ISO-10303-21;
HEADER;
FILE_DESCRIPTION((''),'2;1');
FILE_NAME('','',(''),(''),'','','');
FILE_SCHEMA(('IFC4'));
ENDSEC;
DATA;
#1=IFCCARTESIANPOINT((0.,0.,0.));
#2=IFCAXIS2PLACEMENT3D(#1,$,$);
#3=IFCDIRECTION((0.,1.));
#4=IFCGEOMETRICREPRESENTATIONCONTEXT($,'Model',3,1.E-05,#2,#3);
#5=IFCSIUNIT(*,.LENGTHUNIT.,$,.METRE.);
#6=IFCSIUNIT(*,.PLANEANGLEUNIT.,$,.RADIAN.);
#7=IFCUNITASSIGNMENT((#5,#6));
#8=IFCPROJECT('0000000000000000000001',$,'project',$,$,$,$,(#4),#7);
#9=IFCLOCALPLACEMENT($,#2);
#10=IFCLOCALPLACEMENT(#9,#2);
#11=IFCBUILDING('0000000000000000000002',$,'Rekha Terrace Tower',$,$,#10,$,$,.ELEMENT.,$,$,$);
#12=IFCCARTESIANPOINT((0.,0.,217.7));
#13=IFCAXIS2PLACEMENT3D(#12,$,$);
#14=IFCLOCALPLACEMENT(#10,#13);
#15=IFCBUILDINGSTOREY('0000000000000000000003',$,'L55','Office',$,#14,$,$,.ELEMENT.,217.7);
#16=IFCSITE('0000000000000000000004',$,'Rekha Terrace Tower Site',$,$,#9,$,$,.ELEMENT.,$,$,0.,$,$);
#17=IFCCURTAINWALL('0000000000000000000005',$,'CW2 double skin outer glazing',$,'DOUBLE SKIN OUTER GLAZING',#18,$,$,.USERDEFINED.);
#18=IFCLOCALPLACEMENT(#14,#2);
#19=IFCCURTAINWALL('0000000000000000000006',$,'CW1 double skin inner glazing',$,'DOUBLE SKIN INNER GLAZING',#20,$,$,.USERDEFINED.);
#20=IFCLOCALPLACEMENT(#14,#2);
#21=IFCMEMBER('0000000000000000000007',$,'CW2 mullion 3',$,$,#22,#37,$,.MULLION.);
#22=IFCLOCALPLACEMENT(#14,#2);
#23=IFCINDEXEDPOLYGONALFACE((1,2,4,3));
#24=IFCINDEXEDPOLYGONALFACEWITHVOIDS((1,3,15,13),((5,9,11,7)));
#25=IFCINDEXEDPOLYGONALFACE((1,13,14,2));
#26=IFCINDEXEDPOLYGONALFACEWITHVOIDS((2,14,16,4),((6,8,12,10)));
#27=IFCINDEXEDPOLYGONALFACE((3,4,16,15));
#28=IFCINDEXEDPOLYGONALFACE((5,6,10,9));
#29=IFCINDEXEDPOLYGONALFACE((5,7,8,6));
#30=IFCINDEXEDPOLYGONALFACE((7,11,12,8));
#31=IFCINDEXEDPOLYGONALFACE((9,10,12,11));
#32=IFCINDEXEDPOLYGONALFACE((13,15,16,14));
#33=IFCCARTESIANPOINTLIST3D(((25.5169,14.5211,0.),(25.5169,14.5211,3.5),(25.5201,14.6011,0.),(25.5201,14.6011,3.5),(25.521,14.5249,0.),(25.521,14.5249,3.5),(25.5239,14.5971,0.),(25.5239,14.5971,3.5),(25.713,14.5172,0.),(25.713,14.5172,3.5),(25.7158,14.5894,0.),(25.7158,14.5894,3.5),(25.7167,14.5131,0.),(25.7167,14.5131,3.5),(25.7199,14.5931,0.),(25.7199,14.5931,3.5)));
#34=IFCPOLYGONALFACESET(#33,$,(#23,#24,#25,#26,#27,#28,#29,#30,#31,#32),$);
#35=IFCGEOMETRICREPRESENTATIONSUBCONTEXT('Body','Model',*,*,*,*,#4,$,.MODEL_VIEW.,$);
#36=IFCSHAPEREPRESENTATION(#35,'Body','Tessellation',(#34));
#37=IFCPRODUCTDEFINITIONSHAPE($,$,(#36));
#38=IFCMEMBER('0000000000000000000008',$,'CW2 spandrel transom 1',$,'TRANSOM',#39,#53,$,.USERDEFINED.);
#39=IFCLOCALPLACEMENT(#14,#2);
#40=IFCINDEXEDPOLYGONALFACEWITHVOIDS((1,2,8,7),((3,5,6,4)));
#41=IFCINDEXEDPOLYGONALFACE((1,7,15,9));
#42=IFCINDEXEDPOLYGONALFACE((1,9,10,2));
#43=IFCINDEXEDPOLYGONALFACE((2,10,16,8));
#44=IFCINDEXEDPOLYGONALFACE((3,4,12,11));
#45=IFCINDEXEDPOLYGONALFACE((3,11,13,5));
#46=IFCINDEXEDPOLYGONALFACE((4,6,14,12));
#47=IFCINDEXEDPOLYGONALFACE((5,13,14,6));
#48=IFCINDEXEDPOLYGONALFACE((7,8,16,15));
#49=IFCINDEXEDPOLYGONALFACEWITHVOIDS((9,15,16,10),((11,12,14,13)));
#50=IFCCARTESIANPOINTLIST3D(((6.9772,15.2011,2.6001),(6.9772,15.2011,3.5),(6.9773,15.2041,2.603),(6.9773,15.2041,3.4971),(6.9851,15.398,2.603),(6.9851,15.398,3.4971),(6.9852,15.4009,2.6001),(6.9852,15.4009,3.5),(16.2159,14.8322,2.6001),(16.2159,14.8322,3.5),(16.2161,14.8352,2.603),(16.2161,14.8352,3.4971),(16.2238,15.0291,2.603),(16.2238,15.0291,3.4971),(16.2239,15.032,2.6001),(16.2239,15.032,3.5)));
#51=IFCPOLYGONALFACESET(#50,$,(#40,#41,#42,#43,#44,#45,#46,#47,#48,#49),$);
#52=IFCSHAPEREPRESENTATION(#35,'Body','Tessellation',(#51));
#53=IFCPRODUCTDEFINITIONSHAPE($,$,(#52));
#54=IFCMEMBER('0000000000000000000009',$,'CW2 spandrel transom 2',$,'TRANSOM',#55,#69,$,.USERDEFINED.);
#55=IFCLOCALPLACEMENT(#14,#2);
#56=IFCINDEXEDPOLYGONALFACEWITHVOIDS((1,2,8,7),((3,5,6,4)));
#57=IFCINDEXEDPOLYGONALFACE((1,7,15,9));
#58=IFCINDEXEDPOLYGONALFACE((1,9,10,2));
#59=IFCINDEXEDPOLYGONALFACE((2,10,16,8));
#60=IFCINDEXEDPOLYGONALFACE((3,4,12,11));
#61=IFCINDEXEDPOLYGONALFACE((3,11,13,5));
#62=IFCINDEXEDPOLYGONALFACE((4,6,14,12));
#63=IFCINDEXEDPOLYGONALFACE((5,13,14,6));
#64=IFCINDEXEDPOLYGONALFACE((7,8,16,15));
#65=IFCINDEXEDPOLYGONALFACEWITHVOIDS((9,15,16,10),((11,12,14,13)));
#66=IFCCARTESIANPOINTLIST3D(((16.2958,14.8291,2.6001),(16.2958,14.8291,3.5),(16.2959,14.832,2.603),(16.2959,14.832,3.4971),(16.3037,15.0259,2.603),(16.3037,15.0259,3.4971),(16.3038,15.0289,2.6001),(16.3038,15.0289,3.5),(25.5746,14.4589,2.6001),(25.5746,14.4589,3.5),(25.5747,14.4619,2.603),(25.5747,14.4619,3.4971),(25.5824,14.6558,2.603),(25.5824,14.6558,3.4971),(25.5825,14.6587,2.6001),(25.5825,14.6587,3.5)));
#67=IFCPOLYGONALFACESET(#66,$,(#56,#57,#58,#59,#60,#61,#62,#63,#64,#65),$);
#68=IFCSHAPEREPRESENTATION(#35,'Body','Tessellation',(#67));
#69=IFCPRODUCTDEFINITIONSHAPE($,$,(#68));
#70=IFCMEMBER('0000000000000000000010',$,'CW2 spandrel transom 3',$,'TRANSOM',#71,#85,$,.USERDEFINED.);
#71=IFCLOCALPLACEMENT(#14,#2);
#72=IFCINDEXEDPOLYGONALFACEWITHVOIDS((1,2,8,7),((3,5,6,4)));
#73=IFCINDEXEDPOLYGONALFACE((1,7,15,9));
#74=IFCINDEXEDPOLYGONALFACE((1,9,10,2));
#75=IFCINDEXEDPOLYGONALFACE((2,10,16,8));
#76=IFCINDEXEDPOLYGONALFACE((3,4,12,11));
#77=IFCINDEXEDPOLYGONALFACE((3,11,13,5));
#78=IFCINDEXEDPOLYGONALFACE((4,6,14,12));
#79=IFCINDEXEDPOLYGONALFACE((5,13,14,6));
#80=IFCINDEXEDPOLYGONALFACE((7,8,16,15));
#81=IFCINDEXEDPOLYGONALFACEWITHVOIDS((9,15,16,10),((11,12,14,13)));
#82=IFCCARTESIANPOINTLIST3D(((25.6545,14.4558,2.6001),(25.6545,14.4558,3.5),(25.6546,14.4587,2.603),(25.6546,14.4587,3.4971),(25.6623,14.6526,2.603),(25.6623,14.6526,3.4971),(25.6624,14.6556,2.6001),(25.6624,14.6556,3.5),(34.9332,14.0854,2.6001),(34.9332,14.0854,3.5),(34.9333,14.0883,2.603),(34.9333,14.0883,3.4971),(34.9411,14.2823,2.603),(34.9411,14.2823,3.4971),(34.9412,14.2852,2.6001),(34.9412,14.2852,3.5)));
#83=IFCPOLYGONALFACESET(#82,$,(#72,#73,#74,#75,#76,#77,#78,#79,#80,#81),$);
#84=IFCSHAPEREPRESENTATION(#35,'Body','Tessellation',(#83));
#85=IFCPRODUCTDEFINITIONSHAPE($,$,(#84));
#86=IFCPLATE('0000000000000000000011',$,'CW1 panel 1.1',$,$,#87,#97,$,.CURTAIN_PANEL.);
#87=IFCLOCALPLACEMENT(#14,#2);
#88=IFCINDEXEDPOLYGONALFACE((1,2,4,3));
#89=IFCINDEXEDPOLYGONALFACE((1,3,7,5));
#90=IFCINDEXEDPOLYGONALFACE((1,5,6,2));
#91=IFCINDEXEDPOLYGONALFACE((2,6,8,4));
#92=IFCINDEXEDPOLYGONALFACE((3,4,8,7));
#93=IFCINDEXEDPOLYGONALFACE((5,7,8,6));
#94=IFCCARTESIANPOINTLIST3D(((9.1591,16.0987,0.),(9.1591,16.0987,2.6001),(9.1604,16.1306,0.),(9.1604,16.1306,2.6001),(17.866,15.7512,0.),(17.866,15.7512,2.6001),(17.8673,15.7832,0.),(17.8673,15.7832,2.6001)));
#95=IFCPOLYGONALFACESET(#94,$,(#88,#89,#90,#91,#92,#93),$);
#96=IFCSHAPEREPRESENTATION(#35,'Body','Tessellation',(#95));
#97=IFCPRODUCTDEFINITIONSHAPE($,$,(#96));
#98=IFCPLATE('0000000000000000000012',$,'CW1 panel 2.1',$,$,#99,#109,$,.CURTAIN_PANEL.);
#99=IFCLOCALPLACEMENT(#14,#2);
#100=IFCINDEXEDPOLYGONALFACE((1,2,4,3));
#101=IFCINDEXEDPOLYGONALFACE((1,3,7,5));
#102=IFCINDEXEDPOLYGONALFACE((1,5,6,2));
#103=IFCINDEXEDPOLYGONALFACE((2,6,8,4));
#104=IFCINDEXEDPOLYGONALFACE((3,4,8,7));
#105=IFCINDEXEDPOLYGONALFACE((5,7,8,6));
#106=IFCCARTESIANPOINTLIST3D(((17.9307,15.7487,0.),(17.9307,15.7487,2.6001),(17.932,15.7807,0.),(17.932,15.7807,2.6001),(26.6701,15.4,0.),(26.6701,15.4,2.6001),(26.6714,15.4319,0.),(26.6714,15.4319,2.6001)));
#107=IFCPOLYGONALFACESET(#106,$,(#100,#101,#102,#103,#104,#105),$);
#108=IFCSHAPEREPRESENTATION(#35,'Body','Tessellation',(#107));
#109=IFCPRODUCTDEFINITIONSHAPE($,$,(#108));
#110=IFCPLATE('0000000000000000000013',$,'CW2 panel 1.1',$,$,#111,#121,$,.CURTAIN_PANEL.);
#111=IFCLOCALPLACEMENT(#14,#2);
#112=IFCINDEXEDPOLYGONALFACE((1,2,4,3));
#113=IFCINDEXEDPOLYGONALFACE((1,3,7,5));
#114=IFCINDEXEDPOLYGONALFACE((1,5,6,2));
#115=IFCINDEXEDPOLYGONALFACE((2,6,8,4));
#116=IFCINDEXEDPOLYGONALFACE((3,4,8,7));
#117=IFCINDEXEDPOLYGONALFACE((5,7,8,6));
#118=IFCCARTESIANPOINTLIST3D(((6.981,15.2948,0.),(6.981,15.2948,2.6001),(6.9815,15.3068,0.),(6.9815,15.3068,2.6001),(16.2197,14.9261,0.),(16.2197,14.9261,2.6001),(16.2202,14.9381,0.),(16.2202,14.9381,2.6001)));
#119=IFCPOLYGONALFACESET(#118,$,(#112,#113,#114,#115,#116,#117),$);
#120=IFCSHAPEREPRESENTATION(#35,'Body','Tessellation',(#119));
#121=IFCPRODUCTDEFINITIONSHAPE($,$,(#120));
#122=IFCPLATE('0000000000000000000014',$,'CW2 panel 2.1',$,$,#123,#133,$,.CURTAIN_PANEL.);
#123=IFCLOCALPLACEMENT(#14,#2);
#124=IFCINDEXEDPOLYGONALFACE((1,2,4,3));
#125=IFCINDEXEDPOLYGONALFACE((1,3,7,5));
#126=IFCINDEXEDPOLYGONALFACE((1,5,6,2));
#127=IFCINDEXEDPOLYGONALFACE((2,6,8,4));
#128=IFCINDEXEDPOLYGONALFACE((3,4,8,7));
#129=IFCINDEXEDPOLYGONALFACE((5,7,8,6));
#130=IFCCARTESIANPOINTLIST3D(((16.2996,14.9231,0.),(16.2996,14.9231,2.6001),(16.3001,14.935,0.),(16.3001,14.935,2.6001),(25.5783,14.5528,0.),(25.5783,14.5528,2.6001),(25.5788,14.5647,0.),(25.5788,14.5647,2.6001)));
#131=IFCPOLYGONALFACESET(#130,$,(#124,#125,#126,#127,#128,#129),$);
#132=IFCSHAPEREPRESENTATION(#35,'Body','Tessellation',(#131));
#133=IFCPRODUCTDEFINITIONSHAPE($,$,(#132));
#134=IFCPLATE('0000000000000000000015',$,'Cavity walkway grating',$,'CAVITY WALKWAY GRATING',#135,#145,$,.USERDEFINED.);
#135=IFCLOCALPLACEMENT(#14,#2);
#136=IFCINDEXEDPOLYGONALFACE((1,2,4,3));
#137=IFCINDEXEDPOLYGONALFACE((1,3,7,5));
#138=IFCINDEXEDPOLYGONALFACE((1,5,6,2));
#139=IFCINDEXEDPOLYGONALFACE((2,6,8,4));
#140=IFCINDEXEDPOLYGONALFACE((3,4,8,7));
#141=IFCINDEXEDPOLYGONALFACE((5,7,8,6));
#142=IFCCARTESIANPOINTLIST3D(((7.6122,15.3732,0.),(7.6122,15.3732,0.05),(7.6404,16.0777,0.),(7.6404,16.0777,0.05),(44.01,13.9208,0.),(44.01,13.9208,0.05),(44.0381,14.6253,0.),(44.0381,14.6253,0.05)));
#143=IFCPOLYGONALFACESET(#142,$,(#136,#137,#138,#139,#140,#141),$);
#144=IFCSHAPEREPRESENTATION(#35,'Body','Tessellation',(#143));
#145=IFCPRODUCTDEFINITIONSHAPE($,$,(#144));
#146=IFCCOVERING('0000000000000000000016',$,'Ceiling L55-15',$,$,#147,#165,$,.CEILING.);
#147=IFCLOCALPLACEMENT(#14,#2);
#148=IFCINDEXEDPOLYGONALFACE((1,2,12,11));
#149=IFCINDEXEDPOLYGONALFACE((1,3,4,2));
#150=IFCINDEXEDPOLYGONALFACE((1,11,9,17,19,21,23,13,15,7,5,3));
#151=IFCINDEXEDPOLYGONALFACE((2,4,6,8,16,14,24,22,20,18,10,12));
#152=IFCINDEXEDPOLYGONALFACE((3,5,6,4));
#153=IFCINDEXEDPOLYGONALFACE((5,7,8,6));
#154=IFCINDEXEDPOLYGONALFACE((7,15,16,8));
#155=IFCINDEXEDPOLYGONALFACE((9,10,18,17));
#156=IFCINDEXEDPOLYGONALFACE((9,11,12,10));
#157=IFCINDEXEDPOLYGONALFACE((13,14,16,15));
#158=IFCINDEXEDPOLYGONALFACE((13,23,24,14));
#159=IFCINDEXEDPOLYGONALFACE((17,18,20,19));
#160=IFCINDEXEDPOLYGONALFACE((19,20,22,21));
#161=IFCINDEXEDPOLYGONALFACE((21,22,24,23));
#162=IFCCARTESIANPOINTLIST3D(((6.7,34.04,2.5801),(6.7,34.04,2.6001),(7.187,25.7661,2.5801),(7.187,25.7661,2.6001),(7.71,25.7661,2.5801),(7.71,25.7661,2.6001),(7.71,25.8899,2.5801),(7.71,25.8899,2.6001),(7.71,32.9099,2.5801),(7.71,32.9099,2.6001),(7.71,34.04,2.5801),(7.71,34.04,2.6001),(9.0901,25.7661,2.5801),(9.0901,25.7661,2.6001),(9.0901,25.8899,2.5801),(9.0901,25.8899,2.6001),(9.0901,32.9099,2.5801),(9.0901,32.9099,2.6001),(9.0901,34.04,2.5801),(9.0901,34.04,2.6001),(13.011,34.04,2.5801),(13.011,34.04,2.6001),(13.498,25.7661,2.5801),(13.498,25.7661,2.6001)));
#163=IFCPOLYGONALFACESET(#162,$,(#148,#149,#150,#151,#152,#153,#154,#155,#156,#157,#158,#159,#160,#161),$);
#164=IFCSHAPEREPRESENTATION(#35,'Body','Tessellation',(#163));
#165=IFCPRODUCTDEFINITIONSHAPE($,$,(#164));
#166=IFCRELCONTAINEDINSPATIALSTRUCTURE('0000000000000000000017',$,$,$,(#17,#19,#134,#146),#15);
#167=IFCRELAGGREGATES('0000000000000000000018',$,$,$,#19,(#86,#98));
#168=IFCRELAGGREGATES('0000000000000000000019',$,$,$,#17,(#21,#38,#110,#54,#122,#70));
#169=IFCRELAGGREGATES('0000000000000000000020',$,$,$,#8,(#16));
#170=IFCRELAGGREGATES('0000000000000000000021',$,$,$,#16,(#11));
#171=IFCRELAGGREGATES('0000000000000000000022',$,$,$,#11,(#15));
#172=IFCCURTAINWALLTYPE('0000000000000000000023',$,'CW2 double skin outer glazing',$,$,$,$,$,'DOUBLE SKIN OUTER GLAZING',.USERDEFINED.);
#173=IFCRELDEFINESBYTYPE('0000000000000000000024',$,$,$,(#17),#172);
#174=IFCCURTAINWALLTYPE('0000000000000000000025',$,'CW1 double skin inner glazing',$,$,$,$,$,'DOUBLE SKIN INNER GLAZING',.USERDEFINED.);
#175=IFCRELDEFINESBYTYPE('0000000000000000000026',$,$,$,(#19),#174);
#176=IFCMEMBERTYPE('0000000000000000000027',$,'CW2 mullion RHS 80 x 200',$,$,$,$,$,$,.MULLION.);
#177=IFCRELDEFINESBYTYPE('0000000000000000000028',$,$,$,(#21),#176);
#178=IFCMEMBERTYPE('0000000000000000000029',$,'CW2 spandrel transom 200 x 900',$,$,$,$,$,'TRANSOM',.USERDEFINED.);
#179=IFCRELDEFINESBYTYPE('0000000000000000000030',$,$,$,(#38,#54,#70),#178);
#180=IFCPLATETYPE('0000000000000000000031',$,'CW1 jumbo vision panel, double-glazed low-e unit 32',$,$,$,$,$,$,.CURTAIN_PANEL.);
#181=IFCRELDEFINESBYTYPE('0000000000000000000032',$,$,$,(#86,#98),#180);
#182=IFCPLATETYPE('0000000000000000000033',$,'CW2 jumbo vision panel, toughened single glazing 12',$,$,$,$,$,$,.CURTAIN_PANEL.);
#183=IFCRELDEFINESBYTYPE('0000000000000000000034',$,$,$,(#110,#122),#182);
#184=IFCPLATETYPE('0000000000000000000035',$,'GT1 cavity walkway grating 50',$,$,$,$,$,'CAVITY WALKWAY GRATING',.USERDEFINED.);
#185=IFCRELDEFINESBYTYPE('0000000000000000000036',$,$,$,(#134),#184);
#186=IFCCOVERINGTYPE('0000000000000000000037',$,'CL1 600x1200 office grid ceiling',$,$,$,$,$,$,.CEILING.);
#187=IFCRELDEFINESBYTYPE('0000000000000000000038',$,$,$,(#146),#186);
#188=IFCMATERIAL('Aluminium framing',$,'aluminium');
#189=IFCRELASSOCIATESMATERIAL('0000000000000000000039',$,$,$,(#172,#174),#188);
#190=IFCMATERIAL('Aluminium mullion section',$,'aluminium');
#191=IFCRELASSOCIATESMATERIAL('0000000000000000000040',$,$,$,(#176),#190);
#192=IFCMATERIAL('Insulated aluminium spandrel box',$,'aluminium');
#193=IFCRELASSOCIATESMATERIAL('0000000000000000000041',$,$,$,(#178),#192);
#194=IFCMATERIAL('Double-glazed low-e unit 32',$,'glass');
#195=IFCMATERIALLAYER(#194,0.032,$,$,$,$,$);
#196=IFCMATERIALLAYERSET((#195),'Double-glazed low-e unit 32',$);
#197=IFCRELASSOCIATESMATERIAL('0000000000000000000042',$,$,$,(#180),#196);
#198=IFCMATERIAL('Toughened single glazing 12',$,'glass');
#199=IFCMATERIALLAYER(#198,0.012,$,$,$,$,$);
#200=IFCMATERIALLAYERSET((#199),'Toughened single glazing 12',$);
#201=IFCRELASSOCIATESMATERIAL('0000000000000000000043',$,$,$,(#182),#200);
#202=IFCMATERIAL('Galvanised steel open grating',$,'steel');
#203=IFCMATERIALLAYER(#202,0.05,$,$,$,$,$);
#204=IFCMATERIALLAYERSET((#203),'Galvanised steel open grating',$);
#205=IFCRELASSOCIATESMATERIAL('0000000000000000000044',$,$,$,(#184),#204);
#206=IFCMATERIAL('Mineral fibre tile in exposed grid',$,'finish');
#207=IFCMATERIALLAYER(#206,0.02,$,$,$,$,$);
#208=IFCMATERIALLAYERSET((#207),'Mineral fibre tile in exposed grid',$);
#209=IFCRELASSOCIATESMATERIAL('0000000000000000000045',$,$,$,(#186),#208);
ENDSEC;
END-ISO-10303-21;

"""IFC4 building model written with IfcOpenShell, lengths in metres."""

from ifc_helpers import new_model, si_unit, direction, frame, origin, origin_2d, place, context, subcontext, project, spatial, polyline, rectangle, hollow_rectangle, outline, extrude, material, layer, layer_set, material_profile, profile_set, type_object, element, aggregate, save


model = new_model("IFC4")

# Units and contexts
model_context = context("Model", 3, precision=1e-05, world=origin(), true_north=direction((0.0, 1.0)))
body_context = subcontext(model_context, "Body", "Model", "MODEL_VIEW")
ifc_project = project(units=[si_unit("LENGTHUNIT", "METRE"), si_unit("PLANEANGLEUNIT", "RADIAN")], contexts=[model_context])

# Site, building, storey
site_placement = place(None, origin())
site = spatial("IfcSite", under=ifc_project, at=site_placement, Name="Rekha Terrace Tower Site", CompositionType="ELEMENT", RefElevation=0.0)
building_placement = place(site_placement, origin())
building = spatial("IfcBuilding", under=site, at=building_placement, Name="Rekha Terrace Tower", CompositionType="ELEMENT")
storey_placement = place(building_placement, frame((0.0, 0.0, 217.7)))
storey = spatial("IfcBuildingStorey", under=building, at=storey_placement, Name="L55", Description="Office", CompositionType="ELEMENT", Elevation=217.7)

# Curtain walls
ifc_material_1 = material(Name="Aluminium framing", Category="aluminium")
curtain_wall_type_1 = type_object("IfcCurtainWallType", Name="CW2 double skin outer glazing", ElementType="DOUBLE SKIN OUTER GLAZING", PredefinedType="USERDEFINED", material=ifc_material_1)
curtain_wall_1_placement = place(storey_placement, origin())
curtain_wall_1 = element("IfcCurtainWall", 1, at=curtain_wall_1_placement, inside=storey, type_object=curtain_wall_type_1, Name="CW2 double skin outer glazing", ObjectType="DOUBLE SKIN OUTER GLAZING", PredefinedType="USERDEFINED")
curtain_wall_type_2 = type_object("IfcCurtainWallType", Name="CW1 double skin inner glazing", ElementType="DOUBLE SKIN INNER GLAZING", PredefinedType="USERDEFINED", material=ifc_material_1)
curtain_wall_2_placement = place(storey_placement, origin())
curtain_wall_2 = element("IfcCurtainWall", 2, at=curtain_wall_2_placement, inside=storey, type_object=curtain_wall_type_2, Name="CW1 double skin inner glazing", ObjectType="DOUBLE SKIN INNER GLAZING", PredefinedType="USERDEFINED")
ifc_material_2 = material(Name="Aluminium mullion section", Category="aluminium")
ifc_material_3 = material(Name="Insulated aluminium spandrel box", Category="aluminium")

# Members
ifc_material_profile_1 = material_profile(ifc_material_2, hollow_rectangle(XDim=0.0801, YDim=0.2, WallThickness=0.0039, at=origin_2d()), Name="AL RHS 80x200")
ifc_profile_set_1 = profile_set([ifc_material_profile_1], Name="Aluminium mullion section")
member_type_1 = type_object("IfcMemberType", Name="CW2 mullion RHS 80 x 200", PredefinedType="MULLION", material=ifc_profile_set_1)
member_1_placement = place(storey_placement, frame((25.6184, 14.5571, 0.0), z_axis=(0.0, 0.0, 1.0), x_axis=(0.039872, 0.999205, 0.0)))
member_1 = element("IfcMember", 3, at=member_1_placement, type_object=member_type_1, Name="CW2 mullion 3", PredefinedType="MULLION", context=body_context, shape_type="SweptSolid", body=[
    extrude(hollow_rectangle(XDim=0.0801, YDim=0.2, WallThickness=0.0039, at=origin_2d()), origin(), (0.0, 0.0, 1.0), 3.5),
])
ifc_material_profile_2 = material_profile(ifc_material_3, hollow_rectangle(XDim=0.2, YDim=0.8999, WallThickness=0.0029, at=origin_2d()), Name="AL SPANDREL BOX 200x900")
ifc_profile_set_2 = profile_set([ifc_material_profile_2], Name="Insulated aluminium spandrel box")
member_type_2 = type_object("IfcMemberType", Name="CW2 spandrel transom 200 x 900", ElementType="TRANSOM", PredefinedType="USERDEFINED", material=ifc_profile_set_2)
member_2_placement = place(storey_placement, frame((6.9812, 15.301, 3.05), z_axis=(0.999204, -0.039897, 0.0), x_axis=(0.039897, 0.999204, 0.0)))
member_2 = element("IfcMember", 4, at=member_2_placement, type_object=member_type_2, Name="CW2 spandrel transom 1", ObjectType="TRANSOM", PredefinedType="USERDEFINED", context=body_context, shape_type="SweptSolid", body=[
    extrude(hollow_rectangle(XDim=0.2, YDim=0.8999, WallThickness=0.0029, at=origin_2d()), origin(), (0.0, 0.0, 1.0), 9.2461),
])
member_3_placement = place(storey_placement, frame((16.2998, 14.929, 3.05), z_axis=(0.999205, -0.039857, 0.0), x_axis=(0.039857, 0.999205, 0.0)))
member_3 = element("IfcMember", 5, at=member_3_placement, type_object=member_type_2, Name="CW2 spandrel transom 2", ObjectType="TRANSOM", PredefinedType="USERDEFINED", context=body_context, shape_type="SweptSolid", body=[
    extrude(hollow_rectangle(XDim=0.2, YDim=0.8999, WallThickness=0.0029, at=origin_2d()), origin(), (0.0, 0.0, 1.0), 9.2861),
])
member_4_placement = place(storey_placement, frame((25.6584, 14.5557, 3.05), z_axis=(0.999204, -0.039883, 0.0), x_axis=(0.039883, 0.999204, 0.0)))
member_4 = element("IfcMember", 6, at=member_4_placement, type_object=member_type_2, Name="CW2 spandrel transom 3", ObjectType="TRANSOM", PredefinedType="USERDEFINED", context=body_context, shape_type="SweptSolid", body=[
    extrude(hollow_rectangle(XDim=0.2, YDim=0.8999, WallThickness=0.0029, at=origin_2d()), origin(), (0.0, 0.0, 1.0), 9.2861),
])

# Plates
ifc_material_4 = material(Name="Double-glazed low-e unit 32", Category="glass")
ifc_layer_1 = layer(ifc_material_4, 0.032)
ifc_layer_set_1 = layer_set([ifc_layer_1], Name="Double-glazed low-e unit 32")
plate_type_1 = type_object("IfcPlateType", Name="CW1 jumbo vision panel, double-glazed low-e unit 32", PredefinedType="CURTAIN_PANEL", material=ifc_layer_set_1)
plate_1_placement = place(storey_placement, frame((13.5132, 15.9409, 0.0), z_axis=(0.0, 0.0, 1.0), x_axis=(0.999205, -0.039872, 0.0)))
plate_1 = element("IfcPlate", 7, at=plate_1_placement, type_object=plate_type_1, Name="CW1 panel 1.1", PredefinedType="CURTAIN_PANEL", context=body_context, shape_type="SweptSolid", body=[
    extrude(rectangle(XDim=8.7139, YDim=0.032, at=origin_2d()), origin(), (0.0, 0.0, 1.0), 2.6001),
])
plate_2_placement = place(storey_placement, frame((22.301, 15.5903, 0.0), z_axis=(0.0, 0.0, 1.0), x_axis=(0.999205, -0.039872, 0.0)))
plate_2 = element("IfcPlate", 8, at=plate_2_placement, type_object=plate_type_1, Name="CW1 panel 2.1", PredefinedType="CURTAIN_PANEL", context=body_context, shape_type="SweptSolid", body=[
    extrude(rectangle(XDim=8.7463, YDim=0.032, at=origin_2d()), origin(), (0.0, 0.0, 1.0), 2.6001),
])
aggregate(curtain_wall_2, [plate_1, plate_2])
ifc_material_5 = material(Name="Toughened single glazing 12", Category="glass")
ifc_layer_2 = layer(ifc_material_5, 0.012)
ifc_layer_set_2 = layer_set([ifc_layer_2], Name="Toughened single glazing 12")
plate_type_2 = type_object("IfcPlateType", Name="CW2 jumbo vision panel, toughened single glazing 12", PredefinedType="CURTAIN_PANEL", material=ifc_layer_set_2)
plate_3_placement = place(storey_placement, frame((11.6006, 15.1165, 0.0), z_axis=(0.0, 0.0, 1.0), x_axis=(0.999205, -0.039872, 0.0)))
plate_3 = element("IfcPlate", 9, at=plate_3_placement, type_object=plate_type_2, Name="CW2 panel 1.1", PredefinedType="CURTAIN_PANEL", context=body_context, shape_type="SweptSolid", body=[
    extrude(rectangle(XDim=9.2461, YDim=0.012, at=origin_2d()), origin(), (0.0, 0.0, 1.0), 2.6001),
])
plate_4_placement = place(storey_placement, frame((20.9392, 14.7439, 0.0), z_axis=(0.0, 0.0, 1.0), x_axis=(0.999205, -0.039872, 0.0)))
plate_4 = element("IfcPlate", 10, at=plate_4_placement, type_object=plate_type_2, Name="CW2 panel 2.1", PredefinedType="CURTAIN_PANEL", context=body_context, shape_type="SweptSolid", body=[
    extrude(rectangle(XDim=9.2861, YDim=0.012, at=origin_2d()), origin(), (0.0, 0.0, 1.0), 2.6001),
])
aggregate(curtain_wall_1, [member_1, member_2, plate_3, member_3, plate_4, member_4])
ifc_material_6 = material(Name="Galvanised steel open grating", Category="steel")
ifc_layer_3 = layer(ifc_material_6, 0.05)
ifc_layer_set_3 = layer_set([ifc_layer_3], Name="Galvanised steel open grating")
plate_type_3 = type_object("IfcPlateType", Name="GT1 cavity walkway grating 50", ElementType="CAVITY WALKWAY GRATING", PredefinedType="USERDEFINED", material=ifc_layer_set_3)
plate_5_placement = place(storey_placement, frame((25.8252, 14.9993, 0.0), z_axis=(0.0, 0.0, 1.0), x_axis=(0.999205, -0.039872, 0.0)))
element("IfcPlate", 11, at=plate_5_placement, inside=storey, type_object=plate_type_3, Name="Cavity walkway grating", ObjectType="CAVITY WALKWAY GRATING", PredefinedType="USERDEFINED", context=body_context, shape_type="SweptSolid", body=[
    extrude(rectangle(XDim=36.4268, YDim=0.7051, at=origin_2d()), origin(), (0.0, 0.0, 1.0), 0.05),
])

# Covering
ifc_material_7 = material(Name="Mineral fibre tile in exposed grid", Category="finish")
ifc_layer_4 = layer(ifc_material_7, 0.02)
ifc_layer_set_4 = layer_set([ifc_layer_4], Name="Mineral fibre tile in exposed grid")
covering_type_1 = type_object("IfcCoveringType", Name="CL1 600x1200 office grid ceiling", PredefinedType="CEILING", material=ifc_layer_set_4)
covering_1_placement = place(storey_placement, frame((0.0, 0.0, 2.5801)))
element("IfcCovering", 12, at=covering_1_placement, inside=storey, type_object=covering_type_1, Name="Ceiling L55-15", PredefinedType="CEILING", context=body_context, shape_type="SweptSolid", body=[
    extrude(outline(polyline([(9.0901, 25.8899), (9.0901, 25.7661), (13.498, 25.7661), (13.011, 34.04), (9.0901, 34.04), (9.0901, 32.9099), (7.71, 32.9099), (7.71, 34.04), (6.7, 34.04), (7.187, 25.7661), (7.71, 25.7661), (7.71, 25.8899), (9.0901, 25.8899)])), origin(), (0.0, 0.0, 1.0), 0.02),
])

save(model, "model.ifc")
